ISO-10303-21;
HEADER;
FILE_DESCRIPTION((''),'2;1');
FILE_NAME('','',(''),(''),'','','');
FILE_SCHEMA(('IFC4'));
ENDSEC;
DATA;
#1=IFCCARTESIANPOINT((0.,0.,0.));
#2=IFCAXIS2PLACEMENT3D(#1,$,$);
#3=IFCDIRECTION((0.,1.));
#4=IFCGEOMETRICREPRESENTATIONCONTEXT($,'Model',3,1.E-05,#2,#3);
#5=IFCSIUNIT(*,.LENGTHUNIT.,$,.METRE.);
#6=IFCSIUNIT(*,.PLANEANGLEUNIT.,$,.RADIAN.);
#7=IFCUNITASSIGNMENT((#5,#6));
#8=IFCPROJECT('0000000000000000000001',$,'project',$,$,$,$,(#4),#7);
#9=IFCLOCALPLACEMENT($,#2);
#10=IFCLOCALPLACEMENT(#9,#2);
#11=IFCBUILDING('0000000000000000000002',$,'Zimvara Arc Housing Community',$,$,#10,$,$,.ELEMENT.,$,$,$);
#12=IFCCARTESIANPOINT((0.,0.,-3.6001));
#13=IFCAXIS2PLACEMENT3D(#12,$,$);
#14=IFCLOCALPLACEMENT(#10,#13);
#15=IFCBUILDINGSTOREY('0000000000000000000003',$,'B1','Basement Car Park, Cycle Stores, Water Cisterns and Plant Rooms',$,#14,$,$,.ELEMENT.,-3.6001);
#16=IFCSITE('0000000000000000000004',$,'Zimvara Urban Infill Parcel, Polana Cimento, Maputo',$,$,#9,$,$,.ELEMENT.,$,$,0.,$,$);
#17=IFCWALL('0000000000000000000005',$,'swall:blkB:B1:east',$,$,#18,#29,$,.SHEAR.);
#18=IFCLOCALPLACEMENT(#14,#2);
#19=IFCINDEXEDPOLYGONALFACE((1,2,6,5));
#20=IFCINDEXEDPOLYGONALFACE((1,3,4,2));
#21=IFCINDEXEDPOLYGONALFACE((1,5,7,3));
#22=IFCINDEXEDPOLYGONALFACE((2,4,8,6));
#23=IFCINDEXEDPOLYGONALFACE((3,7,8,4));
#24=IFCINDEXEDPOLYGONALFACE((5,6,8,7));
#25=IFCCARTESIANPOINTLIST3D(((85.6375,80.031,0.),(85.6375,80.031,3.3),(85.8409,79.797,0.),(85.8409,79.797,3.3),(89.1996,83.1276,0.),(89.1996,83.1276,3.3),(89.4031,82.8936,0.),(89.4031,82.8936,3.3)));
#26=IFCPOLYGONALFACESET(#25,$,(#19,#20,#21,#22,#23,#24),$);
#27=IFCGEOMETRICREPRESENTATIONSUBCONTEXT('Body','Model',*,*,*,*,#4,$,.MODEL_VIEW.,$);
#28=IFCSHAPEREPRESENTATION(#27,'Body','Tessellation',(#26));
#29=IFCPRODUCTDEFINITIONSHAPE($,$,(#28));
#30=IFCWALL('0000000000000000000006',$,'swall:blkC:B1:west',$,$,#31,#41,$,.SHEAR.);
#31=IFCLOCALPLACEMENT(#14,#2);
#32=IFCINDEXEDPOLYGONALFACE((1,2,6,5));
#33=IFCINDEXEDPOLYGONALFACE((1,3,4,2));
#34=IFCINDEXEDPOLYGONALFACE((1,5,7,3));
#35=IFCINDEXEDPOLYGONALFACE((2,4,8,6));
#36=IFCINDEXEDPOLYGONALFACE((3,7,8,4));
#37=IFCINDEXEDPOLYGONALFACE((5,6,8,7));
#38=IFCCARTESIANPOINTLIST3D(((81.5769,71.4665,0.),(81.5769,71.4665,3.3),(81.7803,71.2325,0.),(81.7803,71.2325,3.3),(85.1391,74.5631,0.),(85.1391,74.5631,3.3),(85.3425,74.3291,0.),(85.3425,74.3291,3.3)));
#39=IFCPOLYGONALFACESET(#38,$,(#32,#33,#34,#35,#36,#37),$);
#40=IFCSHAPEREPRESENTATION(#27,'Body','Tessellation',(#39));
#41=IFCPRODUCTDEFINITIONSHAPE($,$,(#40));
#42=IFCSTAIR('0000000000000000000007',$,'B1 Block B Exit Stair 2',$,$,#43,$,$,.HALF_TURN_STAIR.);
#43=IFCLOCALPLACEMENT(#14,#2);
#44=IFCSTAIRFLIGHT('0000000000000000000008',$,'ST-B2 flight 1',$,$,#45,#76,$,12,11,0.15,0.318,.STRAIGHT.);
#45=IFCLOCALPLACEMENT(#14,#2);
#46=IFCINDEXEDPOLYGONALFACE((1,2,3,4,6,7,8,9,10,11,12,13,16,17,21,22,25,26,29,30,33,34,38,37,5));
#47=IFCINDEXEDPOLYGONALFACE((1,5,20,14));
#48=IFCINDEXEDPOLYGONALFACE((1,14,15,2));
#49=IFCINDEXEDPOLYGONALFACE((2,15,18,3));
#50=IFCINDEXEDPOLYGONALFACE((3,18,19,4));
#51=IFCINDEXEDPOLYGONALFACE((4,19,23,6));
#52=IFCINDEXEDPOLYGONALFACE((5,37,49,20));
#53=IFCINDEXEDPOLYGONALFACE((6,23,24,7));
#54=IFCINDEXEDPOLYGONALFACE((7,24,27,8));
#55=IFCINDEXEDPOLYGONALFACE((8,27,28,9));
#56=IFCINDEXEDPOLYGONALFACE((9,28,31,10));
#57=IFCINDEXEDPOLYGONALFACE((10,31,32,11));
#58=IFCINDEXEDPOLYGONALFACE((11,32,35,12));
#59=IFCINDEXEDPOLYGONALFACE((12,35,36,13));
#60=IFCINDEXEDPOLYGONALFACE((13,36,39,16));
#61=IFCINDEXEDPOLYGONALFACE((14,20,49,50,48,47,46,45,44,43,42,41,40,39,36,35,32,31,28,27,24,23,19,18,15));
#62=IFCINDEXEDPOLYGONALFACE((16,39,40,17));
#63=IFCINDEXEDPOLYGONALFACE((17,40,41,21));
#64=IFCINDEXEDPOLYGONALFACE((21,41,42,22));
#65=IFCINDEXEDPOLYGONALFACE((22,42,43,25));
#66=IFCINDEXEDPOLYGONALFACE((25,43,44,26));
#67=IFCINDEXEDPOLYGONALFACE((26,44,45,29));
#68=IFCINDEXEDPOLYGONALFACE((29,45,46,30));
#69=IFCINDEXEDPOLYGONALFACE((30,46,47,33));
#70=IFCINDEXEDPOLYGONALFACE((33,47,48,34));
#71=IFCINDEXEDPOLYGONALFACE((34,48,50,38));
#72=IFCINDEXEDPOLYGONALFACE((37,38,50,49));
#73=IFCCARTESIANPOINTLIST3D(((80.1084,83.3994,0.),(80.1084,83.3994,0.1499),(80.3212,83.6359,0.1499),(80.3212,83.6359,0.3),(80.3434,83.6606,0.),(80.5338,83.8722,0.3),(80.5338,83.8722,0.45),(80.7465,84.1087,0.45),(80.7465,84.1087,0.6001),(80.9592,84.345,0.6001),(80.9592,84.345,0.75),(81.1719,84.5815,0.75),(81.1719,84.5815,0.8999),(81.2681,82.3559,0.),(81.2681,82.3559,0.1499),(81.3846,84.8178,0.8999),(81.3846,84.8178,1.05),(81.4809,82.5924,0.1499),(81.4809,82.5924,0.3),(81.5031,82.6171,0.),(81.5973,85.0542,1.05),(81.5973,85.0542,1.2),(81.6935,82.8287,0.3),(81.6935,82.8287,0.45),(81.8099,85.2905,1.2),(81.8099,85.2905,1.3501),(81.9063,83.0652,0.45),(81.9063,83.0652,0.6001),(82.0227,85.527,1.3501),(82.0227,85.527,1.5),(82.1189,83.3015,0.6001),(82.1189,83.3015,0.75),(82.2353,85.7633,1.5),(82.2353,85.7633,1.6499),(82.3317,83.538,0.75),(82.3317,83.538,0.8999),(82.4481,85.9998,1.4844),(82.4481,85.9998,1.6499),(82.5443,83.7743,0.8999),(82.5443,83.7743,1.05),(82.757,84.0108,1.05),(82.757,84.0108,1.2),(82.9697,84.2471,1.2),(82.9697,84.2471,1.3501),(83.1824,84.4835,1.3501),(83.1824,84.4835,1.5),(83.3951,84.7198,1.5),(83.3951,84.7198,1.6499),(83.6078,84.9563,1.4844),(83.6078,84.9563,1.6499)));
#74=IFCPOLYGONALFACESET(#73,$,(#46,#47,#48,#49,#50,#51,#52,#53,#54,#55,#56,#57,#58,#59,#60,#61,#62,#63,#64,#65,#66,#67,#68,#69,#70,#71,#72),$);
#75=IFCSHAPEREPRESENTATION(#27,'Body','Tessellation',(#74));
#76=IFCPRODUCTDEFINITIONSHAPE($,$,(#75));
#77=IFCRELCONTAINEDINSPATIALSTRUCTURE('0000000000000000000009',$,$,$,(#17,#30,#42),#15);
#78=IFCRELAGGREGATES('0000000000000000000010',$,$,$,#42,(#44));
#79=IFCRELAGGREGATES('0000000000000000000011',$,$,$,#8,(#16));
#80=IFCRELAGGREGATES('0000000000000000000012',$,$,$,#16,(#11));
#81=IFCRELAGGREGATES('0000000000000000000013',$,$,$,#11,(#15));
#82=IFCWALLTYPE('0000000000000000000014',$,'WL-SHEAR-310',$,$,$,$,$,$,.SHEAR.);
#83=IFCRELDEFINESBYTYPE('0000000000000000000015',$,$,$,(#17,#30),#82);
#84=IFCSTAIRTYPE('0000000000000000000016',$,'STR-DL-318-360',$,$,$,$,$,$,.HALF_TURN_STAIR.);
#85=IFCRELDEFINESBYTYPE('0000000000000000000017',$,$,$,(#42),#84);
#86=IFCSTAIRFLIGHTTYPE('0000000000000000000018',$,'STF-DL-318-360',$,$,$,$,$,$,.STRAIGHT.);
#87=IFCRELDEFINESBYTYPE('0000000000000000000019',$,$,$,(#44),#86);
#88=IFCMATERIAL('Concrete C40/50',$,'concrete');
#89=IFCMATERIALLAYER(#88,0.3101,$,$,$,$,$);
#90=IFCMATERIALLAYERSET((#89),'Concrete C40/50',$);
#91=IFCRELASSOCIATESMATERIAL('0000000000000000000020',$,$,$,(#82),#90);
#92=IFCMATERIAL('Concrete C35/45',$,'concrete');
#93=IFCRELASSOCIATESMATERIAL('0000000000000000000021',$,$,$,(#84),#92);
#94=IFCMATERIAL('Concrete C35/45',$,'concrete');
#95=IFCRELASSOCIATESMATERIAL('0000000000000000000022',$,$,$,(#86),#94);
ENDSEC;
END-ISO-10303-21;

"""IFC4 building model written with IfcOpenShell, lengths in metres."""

from ifc_helpers import new_model, si_unit, direction, frame, frame_2d, origin, place, context, subcontext, project, spatial, polyline, rectangle, outline, extrude, material, layer, layer_set, type_object, element, aggregate, save


model = new_model("IFC4")

# Units and contexts
model_context = context("Model", 3, precision=1e-05, world=origin(), true_north=direction((0.0, 1.0)))
body_context = subcontext(model_context, "Body", "Model", "MODEL_VIEW")
ifc_project = project(units=[si_unit("LENGTHUNIT", "METRE"), si_unit("PLANEANGLEUNIT", "RADIAN")], contexts=[model_context])

# Site, building, storey
site_placement = place(None, origin())
site = spatial("IfcSite", under=ifc_project, at=site_placement, Name="Zimvara Urban Infill Parcel, Polana Cimento, Maputo", CompositionType="ELEMENT", RefElevation=0.0)
building_placement = place(site_placement, origin())
building = spatial("IfcBuilding", under=site, at=building_placement, Name="Zimvara Arc Housing Community", CompositionType="ELEMENT")
storey_placement = place(building_placement, frame((0.0, 0.0, -3.6001)))
storey = spatial("IfcBuildingStorey", under=building, at=storey_placement, Name="B1", Description="Basement Car Park, Cycle Stores, Water Cisterns and Plant Rooms", CompositionType="ELEMENT", Elevation=-3.6001)

# Walls
ifc_material_1 = material(Name="Concrete C40/50", Category="concrete")
ifc_layer_1 = layer(ifc_material_1, 0.3101)
ifc_layer_set_1 = layer_set([ifc_layer_1], Name="Concrete C40/50")
wall_type_1 = type_object("IfcWallType", Name="WL-SHEAR-310", PredefinedType="SHEAR", material=ifc_layer_set_1)
for number, where, z_axis, x_axis, name in (
    (1, (85.7393, 79.9141, 0.0), (0.0, 0.0, 1.0), (0.754704, 0.656066, 0.0), "swall:blkB:B1:east"),
    (2, (85.2407, 74.446, 0.0), (0.0, 0.0, 1.0), (-0.754704, -0.656066, 0.0), "swall:blkC:B1:west"),
):
    element("IfcWall", number, at=place(storey_placement, frame(where, z_axis=z_axis, x_axis=x_axis)), inside=storey, type_object=wall_type_1, Name=name, PredefinedType="SHEAR", context=body_context, shape_type="SweptSolid", body=[
        extrude(rectangle(XDim=4.72, YDim=0.3101, at=frame_2d((2.3599, 0.0))), origin(), (0.0, 0.0, 1.0), 3.3),
    ])

# Stair, stair flight
ifc_material_2 = material(Name="Concrete C35/45", Category="concrete")
stair_type = type_object("IfcStairType", Name="STR-DL-318-360", PredefinedType="HALF_TURN_STAIR", material=ifc_material_2)
stair_placement = place(storey_placement, origin())
stair = element("IfcStair", 3, at=stair_placement, inside=storey, type_object=stair_type, Name="B1 Block B Exit Stair 2", PredefinedType="HALF_TURN_STAIR")
ifc_material_3 = material(Name="Concrete C35/45", Category="concrete")
stair_flight_type = type_object("IfcStairFlightType", Name="STF-DL-318-360", PredefinedType="STRAIGHT", material=ifc_material_3)
stair_flight_placement = place(storey_placement, frame((80.6882, 82.8777, 0.0), z_axis=(0.0, 0.0, 1.0), x_axis=(0.668871, 0.743378, 0.0)))
stair_flight = element("IfcStairFlight", 4, at=stair_flight_placement, type_object=stair_flight_type, Name="ST-B2 flight 1", NumberOfRisers=12, NumberOfTreads=11, PredefinedType="STRAIGHT", RiserHeight=0.15, TreadLength=0.318, context=body_context, shape_type="SweptSolid", body=[
    extrude(outline(polyline([(0.0, 0.0), (0.0, 0.1499), (0.3181, 0.1499), (0.3181, 0.3), (0.636, 0.3), (0.636, 0.45), (0.9541, 0.45), (0.9541, 0.6001), (1.272, 0.6001), (1.272, 0.75), (1.5901, 0.75), (1.5901, 0.8999), (1.908, 0.8999), (1.908, 1.05), (2.2261, 1.05), (2.2261, 1.2), (2.5439, 1.2), (2.5439, 1.3501), (2.8621, 1.3501), (2.8621, 1.5), (3.1799, 1.5), (3.1799, 1.6499), (3.498, 1.6499), (3.498, 1.8), (3.498, 1.4844), (0.3513, 0.0), (0.0, 0.0)])), frame((0.0, 0.78, 0.0), z_axis=(0.0, -1.0, 0.0), x_axis=(1.0, 0.0, 0.0)), (0.0, 0.0, 1.0), 1.5601),
])
aggregate(stair, [stair_flight])

save(model, "model.ifc")
